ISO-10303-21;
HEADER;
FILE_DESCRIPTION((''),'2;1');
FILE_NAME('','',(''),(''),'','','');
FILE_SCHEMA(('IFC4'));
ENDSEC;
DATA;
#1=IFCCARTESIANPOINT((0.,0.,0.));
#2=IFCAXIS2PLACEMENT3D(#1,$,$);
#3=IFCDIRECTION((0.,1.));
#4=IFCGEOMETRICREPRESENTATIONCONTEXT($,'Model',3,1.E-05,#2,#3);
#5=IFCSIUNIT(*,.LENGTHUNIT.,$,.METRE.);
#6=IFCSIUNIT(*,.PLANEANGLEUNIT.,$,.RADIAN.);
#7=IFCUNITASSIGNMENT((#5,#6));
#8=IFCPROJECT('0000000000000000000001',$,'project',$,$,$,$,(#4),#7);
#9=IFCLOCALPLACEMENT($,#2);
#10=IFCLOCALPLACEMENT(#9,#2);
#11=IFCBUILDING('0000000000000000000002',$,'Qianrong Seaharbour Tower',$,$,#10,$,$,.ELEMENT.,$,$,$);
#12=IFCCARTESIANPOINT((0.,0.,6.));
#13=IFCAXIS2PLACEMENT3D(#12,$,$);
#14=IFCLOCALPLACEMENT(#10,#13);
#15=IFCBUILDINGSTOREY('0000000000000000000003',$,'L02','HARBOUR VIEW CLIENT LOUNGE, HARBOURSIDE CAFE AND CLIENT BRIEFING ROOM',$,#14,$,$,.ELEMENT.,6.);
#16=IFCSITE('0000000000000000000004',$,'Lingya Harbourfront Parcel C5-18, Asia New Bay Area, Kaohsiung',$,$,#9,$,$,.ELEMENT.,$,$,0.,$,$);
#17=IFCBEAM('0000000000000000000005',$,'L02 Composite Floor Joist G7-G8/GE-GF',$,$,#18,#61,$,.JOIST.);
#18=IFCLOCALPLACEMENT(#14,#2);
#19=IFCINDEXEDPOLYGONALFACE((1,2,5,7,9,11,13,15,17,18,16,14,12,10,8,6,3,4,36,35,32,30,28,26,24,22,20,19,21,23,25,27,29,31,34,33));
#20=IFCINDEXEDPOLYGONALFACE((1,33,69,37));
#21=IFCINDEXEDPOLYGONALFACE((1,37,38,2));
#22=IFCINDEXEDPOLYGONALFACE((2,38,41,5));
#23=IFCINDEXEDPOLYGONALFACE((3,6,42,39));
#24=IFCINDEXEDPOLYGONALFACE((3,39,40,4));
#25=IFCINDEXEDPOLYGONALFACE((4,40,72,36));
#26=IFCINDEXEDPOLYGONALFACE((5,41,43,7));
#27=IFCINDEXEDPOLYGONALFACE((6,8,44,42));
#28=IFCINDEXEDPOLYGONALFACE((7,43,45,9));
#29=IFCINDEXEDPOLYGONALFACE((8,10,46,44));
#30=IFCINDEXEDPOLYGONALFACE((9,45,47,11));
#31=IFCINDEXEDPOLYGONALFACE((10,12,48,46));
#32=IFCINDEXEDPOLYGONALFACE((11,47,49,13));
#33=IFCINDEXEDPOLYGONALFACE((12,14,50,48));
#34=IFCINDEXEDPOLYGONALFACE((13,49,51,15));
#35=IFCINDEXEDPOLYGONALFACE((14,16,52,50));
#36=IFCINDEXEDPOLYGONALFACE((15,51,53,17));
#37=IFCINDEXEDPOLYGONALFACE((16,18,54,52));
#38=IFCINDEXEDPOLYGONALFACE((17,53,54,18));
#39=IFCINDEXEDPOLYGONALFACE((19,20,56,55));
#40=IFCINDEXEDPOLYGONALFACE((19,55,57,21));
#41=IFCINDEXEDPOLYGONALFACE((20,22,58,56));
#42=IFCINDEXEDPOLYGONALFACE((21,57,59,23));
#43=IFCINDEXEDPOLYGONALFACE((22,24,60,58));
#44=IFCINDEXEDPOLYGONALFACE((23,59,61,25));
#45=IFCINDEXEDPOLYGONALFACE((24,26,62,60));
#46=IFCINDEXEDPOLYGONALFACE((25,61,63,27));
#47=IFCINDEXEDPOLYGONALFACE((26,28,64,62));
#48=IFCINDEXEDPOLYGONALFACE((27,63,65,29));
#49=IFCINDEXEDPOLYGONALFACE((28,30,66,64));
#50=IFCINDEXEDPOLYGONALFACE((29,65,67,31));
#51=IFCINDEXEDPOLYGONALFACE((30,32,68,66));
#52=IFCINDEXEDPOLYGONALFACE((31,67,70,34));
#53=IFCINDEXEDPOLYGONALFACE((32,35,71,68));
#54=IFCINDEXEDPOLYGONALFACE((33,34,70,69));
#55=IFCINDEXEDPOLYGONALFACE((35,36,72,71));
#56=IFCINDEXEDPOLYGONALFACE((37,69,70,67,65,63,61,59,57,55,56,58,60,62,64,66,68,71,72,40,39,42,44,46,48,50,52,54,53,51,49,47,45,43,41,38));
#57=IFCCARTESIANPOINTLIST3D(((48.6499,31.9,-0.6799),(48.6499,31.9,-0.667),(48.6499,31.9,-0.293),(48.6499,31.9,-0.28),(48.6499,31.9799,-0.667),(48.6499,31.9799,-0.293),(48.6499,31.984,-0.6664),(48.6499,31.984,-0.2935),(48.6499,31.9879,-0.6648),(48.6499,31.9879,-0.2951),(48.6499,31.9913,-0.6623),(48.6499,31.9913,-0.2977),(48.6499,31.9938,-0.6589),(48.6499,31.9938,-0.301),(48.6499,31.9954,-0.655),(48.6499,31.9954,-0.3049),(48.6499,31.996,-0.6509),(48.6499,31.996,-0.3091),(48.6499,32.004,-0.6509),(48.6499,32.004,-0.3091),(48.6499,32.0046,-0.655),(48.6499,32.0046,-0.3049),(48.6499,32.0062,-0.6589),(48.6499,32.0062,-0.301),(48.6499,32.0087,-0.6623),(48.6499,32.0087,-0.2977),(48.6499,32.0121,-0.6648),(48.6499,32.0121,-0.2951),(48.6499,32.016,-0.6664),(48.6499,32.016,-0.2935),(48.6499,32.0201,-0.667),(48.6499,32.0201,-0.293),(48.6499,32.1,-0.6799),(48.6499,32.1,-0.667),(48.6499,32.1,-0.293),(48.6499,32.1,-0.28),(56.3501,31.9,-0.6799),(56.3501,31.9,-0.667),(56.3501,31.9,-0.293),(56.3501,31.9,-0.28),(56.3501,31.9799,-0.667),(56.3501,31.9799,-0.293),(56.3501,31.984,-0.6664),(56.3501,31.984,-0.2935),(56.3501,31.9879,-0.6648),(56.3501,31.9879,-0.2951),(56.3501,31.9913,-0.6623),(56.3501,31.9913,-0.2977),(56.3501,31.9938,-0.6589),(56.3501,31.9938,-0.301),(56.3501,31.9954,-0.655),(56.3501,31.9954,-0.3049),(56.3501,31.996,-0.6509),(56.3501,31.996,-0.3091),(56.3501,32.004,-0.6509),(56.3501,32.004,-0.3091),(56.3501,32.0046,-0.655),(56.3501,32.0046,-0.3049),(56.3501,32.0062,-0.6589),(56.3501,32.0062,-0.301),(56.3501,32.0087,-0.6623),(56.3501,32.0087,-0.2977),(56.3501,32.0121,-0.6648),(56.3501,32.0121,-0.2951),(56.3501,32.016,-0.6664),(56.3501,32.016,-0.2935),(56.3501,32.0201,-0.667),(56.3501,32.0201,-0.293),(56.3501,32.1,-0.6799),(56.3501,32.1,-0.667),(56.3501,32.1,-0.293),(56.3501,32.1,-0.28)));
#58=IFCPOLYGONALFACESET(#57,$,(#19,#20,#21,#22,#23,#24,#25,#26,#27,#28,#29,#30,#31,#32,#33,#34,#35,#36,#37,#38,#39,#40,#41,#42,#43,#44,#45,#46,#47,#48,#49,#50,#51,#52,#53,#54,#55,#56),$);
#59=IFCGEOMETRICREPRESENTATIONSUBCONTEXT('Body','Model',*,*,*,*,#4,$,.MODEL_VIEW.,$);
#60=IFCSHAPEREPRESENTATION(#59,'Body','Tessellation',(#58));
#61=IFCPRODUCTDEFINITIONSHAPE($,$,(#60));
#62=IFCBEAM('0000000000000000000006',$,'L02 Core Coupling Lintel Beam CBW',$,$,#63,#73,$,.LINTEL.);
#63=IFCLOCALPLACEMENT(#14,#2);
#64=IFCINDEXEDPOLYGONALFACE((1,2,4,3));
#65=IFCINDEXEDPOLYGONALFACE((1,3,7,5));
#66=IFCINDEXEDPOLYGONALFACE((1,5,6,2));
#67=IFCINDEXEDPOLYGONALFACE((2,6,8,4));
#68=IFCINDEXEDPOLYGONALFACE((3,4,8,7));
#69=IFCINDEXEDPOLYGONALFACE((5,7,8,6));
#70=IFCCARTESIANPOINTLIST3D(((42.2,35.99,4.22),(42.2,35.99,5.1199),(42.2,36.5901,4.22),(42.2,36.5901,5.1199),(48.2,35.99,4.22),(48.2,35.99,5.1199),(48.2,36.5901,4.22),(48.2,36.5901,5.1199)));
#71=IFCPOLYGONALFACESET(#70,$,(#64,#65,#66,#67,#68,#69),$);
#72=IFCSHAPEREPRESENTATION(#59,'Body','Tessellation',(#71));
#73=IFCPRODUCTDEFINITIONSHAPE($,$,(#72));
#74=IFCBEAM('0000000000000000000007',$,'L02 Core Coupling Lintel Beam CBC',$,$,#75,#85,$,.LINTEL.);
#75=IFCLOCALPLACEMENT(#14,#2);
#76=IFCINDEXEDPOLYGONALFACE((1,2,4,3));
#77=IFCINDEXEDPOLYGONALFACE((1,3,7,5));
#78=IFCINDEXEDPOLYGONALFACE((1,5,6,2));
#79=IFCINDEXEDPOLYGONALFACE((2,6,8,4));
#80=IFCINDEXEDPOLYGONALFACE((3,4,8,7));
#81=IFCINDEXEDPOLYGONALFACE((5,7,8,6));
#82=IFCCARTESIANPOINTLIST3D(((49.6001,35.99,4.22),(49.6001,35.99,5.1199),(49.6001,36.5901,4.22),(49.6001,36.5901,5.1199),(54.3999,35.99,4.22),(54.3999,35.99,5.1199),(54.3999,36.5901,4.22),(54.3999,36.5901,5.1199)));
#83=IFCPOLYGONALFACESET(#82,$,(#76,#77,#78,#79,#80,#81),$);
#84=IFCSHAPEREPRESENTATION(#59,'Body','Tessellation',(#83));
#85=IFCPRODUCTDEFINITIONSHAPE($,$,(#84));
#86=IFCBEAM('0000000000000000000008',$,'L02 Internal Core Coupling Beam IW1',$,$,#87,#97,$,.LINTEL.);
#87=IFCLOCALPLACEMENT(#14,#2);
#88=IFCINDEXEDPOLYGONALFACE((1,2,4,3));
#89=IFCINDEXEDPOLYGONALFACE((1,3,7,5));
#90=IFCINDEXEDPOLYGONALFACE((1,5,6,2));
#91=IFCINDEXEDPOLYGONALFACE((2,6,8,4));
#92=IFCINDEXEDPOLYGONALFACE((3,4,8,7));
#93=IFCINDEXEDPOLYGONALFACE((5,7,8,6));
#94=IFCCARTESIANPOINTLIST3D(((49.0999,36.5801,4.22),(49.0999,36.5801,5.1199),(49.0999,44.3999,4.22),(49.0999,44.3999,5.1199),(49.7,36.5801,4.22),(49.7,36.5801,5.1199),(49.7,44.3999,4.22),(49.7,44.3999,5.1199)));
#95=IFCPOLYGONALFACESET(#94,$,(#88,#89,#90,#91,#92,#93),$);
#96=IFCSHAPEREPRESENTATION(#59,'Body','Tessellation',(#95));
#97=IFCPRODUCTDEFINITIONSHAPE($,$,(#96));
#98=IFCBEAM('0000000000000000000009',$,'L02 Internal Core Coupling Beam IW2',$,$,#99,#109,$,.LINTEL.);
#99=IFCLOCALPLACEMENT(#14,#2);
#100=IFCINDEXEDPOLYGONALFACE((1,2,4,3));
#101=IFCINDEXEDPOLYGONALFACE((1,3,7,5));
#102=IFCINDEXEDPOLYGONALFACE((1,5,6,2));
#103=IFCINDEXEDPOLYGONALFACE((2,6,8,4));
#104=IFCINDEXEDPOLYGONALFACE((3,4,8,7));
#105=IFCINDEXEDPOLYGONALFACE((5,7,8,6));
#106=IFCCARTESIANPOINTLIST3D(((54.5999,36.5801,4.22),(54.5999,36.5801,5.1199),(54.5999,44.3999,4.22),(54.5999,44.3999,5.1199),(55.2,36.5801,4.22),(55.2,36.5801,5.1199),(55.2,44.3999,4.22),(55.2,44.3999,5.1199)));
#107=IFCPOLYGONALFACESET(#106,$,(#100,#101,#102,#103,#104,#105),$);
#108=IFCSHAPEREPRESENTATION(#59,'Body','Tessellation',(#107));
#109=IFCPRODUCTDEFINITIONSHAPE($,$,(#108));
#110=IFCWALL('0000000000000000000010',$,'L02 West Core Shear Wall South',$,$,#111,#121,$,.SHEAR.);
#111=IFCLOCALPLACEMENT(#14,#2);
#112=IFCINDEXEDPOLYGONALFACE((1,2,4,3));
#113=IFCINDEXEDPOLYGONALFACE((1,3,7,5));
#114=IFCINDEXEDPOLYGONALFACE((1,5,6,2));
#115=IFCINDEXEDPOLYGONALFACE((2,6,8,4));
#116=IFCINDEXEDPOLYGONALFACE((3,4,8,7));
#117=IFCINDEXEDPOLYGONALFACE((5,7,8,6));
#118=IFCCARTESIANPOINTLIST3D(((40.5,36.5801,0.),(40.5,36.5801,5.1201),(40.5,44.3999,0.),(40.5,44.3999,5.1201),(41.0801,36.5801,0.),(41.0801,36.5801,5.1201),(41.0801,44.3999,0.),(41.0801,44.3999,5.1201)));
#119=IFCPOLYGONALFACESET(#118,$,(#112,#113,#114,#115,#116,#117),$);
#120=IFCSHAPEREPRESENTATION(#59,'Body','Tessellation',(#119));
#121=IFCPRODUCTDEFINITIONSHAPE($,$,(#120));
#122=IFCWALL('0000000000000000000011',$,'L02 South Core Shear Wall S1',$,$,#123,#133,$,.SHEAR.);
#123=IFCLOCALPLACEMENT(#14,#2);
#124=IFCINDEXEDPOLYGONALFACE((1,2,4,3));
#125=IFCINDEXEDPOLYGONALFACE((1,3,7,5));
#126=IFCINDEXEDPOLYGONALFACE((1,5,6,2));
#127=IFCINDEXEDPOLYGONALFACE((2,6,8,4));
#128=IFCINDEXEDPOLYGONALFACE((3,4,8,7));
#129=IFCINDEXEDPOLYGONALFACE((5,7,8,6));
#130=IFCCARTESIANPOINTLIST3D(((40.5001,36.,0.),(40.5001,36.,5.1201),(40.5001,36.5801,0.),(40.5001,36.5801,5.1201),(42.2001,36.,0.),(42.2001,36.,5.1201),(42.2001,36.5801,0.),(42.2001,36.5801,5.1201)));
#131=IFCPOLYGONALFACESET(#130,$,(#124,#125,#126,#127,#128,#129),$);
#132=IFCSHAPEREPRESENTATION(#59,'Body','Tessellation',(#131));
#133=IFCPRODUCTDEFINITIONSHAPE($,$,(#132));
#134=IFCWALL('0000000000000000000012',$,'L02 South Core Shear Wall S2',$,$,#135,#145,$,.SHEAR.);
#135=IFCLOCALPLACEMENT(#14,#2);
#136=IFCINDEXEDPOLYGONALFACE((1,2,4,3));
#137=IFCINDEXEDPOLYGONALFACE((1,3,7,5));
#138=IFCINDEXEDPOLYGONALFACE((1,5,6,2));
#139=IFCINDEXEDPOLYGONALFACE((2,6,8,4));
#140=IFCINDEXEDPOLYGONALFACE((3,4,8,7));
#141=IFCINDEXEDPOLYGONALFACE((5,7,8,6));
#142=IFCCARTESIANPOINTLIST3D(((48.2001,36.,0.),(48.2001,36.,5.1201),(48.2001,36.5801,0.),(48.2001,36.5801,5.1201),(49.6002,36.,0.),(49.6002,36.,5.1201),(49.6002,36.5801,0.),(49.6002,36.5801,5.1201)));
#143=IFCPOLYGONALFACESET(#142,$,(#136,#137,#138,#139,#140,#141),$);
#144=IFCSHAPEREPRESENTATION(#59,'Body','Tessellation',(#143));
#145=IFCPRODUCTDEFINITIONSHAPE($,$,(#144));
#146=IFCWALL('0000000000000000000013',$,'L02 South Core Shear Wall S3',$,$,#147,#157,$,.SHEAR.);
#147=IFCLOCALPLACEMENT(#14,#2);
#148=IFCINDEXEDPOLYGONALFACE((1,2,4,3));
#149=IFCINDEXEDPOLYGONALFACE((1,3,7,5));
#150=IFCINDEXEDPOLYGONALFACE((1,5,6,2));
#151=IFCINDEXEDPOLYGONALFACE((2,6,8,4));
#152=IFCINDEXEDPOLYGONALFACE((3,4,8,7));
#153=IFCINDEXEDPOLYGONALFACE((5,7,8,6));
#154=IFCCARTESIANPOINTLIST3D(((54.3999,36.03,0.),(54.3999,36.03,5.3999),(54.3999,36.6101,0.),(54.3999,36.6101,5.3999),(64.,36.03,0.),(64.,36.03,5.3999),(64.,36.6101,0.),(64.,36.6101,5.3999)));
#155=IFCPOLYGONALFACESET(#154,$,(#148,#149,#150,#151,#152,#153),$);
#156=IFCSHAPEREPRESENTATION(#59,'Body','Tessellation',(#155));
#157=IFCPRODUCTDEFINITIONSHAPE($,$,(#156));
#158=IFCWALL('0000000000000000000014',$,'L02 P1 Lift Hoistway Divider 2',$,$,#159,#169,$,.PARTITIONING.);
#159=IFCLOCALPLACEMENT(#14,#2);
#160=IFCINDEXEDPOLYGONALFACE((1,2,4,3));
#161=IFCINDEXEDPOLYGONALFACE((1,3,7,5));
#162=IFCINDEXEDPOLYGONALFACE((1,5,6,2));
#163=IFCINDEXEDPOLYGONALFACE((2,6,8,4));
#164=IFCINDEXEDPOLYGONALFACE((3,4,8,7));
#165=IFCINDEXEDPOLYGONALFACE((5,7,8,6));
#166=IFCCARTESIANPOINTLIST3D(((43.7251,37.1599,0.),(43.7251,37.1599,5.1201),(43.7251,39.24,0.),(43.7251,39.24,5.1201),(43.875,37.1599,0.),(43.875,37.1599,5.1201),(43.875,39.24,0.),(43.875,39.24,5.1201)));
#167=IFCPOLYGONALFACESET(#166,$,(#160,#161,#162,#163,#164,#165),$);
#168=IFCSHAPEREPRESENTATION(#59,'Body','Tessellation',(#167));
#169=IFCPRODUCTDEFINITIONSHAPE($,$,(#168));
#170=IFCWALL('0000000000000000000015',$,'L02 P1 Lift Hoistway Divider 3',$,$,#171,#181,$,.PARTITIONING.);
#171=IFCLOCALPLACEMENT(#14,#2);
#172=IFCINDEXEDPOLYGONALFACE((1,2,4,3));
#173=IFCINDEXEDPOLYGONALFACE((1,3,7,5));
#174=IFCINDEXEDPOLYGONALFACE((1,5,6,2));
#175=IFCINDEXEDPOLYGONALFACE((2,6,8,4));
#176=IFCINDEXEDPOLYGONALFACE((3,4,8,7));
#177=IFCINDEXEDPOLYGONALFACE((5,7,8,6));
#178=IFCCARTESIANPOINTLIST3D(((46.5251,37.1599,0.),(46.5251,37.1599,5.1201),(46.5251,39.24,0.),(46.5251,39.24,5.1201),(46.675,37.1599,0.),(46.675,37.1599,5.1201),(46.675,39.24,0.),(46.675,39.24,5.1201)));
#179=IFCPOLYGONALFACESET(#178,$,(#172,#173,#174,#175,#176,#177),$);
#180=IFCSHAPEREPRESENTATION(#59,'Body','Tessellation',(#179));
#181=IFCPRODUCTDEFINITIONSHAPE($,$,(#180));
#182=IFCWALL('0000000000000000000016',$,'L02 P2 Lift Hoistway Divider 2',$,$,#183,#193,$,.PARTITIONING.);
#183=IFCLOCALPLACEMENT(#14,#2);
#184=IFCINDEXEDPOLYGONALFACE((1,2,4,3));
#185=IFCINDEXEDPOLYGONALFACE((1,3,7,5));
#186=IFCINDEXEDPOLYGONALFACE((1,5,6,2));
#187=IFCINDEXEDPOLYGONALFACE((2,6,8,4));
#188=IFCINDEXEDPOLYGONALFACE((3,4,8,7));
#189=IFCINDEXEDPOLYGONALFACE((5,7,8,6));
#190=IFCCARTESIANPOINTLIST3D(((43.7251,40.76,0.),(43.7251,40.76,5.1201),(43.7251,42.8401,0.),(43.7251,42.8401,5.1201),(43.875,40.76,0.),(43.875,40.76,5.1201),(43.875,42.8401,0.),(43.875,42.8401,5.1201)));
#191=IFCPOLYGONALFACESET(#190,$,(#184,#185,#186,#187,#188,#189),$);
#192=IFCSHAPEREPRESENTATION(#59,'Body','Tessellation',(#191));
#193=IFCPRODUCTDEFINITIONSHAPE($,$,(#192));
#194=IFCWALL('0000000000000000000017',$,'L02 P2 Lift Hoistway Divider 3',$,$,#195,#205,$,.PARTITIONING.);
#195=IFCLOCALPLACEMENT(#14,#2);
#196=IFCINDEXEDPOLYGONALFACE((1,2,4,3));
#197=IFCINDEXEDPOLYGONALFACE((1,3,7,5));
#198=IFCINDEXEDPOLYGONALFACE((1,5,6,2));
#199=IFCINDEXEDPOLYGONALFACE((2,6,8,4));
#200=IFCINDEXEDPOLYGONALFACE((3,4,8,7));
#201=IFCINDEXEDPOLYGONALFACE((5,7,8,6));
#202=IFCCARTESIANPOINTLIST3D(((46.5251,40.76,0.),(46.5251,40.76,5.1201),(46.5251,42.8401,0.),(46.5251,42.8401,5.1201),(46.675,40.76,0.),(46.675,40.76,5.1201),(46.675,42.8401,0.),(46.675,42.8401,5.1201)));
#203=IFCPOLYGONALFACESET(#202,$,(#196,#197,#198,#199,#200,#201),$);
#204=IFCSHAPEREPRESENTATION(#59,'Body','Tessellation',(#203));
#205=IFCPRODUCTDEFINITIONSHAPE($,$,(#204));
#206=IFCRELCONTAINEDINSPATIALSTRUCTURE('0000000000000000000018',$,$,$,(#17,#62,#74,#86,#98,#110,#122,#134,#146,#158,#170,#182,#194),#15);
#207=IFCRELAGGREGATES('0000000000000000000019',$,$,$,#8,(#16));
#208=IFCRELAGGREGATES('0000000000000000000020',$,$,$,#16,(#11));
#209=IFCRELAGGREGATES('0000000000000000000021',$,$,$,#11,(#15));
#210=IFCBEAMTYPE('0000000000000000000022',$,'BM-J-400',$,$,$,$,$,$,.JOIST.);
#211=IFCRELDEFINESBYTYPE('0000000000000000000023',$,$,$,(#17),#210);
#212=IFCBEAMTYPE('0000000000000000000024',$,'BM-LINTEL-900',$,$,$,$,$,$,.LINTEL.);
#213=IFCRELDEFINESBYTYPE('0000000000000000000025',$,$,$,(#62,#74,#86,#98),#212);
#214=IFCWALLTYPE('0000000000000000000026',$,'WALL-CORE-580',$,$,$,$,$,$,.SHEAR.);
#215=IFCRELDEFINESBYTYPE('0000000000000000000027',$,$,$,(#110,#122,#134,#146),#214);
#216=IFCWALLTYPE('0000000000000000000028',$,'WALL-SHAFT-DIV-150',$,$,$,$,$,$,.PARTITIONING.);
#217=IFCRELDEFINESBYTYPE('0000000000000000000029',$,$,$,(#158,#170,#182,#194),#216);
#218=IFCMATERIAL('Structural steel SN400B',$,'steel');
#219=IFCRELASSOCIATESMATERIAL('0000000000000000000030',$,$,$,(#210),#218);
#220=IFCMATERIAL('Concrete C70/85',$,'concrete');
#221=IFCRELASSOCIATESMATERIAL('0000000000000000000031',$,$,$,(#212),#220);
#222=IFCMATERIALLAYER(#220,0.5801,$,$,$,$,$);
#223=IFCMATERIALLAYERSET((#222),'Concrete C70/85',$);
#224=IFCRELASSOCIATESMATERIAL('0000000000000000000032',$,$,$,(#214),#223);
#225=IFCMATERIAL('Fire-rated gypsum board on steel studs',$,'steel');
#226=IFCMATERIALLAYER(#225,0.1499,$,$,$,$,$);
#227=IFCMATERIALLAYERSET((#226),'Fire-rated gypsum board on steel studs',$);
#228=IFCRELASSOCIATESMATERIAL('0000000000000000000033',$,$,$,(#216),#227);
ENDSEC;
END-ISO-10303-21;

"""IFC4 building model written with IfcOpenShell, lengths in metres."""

from ifc_helpers import new_model, si_unit, direction, frame, frame_2d, origin, origin_2d, place, context, subcontext, project, spatial, rectangle, i_section, extrude, material, layer, layer_set, material_profile, profile_set, type_object, element, save


model = new_model("IFC4")

# Units and contexts
model_context = context("Model", 3, precision=1e-05, world=origin(), true_north=direction((0.0, 1.0)))
body_context = subcontext(model_context, "Body", "Model", "MODEL_VIEW")
ifc_project = project(units=[si_unit("LENGTHUNIT", "METRE"), si_unit("PLANEANGLEUNIT", "RADIAN")], contexts=[model_context])

# Site, building, storey
site_placement = place(None, origin())
site = spatial("IfcSite", under=ifc_project, at=site_placement, Name="Lingya Harbourfront Parcel C5-18, Asia New Bay Area, Kaohsiung", CompositionType="ELEMENT", RefElevation=0.0)
building_placement = place(site_placement, origin())
building = spatial("IfcBuilding", under=site, at=building_placement, Name="Qianrong Seaharbour Tower", CompositionType="ELEMENT")
storey_placement = place(building_placement, frame((0.0, 0.0, 6.0)))
storey = spatial("IfcBuildingStorey", under=building, at=storey_placement, Name="L02", Description="HARBOUR VIEW CLIENT LOUNGE, HARBOURSIDE CAFE AND CLIENT BRIEFING ROOM", CompositionType="ELEMENT", Elevation=6.0)

# Shared definitions
ifc_material_1 = material(Name="Concrete C70/85", Category="concrete")

# Beams
ifc_material_2 = material(Name="Structural steel SN400B", Category="steel")
ifc_material_profile_1 = material_profile(ifc_material_2, i_section(OverallWidth=0.2, OverallDepth=0.3999, WebThickness=0.0081, FlangeThickness=0.0129, FilletRadius=0.0161, at=origin_2d()), Name="H400x200x8x13")
ifc_profile_set_1 = profile_set([ifc_material_profile_1], Name="Structural steel SN400B")
beam_type_1 = type_object("IfcBeamType", Name="BM-J-400", PredefinedType="JOIST", material=ifc_profile_set_1)
for number, where, z_axis, x_axis, name in (
    (1, (48.6499, 32.0, -0.48), (1.0, 0.0, 0.0), (0.0, 1.0, 0.0), "L02 Composite Floor Joist G7-G8/GE-GF"),
):
    element("IfcBeam", number, at=place(storey_placement, frame(where, z_axis=z_axis, x_axis=x_axis)), inside=storey, type_object=beam_type_1, Name=name, PredefinedType="JOIST", context=body_context, shape_type="SweptSolid", body=[
        extrude(i_section(OverallWidth=0.2, OverallDepth=0.3999, WebThickness=0.0081, FlangeThickness=0.0129, FilletRadius=0.0161, at=origin_2d()), origin(), (0.0, 0.0, 1.0), 7.7002),
    ])
ifc_material_profile_2 = material_profile(ifc_material_1, rectangle(XDim=0.6001, YDim=0.8999, at=origin_2d()), Name="RC600x900")
ifc_profile_set_2 = profile_set([ifc_material_profile_2], Name="Concrete C70/85")
beam_type_2 = type_object("IfcBeamType", Name="BM-LINTEL-900", PredefinedType="LINTEL", material=ifc_profile_set_2)
beam_1_placement = place(storey_placement, frame((42.2, 36.29, 4.6699), z_axis=(1.0, 0.0, 0.0), x_axis=(0.0, 1.0, 0.0)))
element("IfcBeam", 2, at=beam_1_placement, inside=storey, type_object=beam_type_2, Name="L02 Core Coupling Lintel Beam CBW", PredefinedType="LINTEL", context=body_context, shape_type="SweptSolid", body=[
    extrude(rectangle(XDim=0.6001, YDim=0.8999, at=origin_2d()), origin(), (0.0, 0.0, 1.0), 6.0),
])
beam_2_placement = place(storey_placement, frame((49.6001, 36.29, 4.6699), z_axis=(1.0, 0.0, 0.0), x_axis=(0.0, 1.0, 0.0)))
element("IfcBeam", 3, at=beam_2_placement, inside=storey, type_object=beam_type_2, Name="L02 Core Coupling Lintel Beam CBC", PredefinedType="LINTEL", context=body_context, shape_type="SweptSolid", body=[
    extrude(rectangle(XDim=0.6001, YDim=0.8999, at=origin_2d()), origin(), (0.0, 0.0, 1.0), 4.7998),
])
for number, where, z_axis, x_axis, name in (
    (4, (49.3999, 36.5801, 4.6699), (0.0, 1.0, 0.0), (-1.0, 0.0, 0.0), "L02 Internal Core Coupling Beam IW1"),
    (5, (54.8999, 36.5801, 4.6699), (0.0, 1.0, 0.0), (-1.0, 0.0, 0.0), "L02 Internal Core Coupling Beam IW2"),
):
    element("IfcBeam", number, at=place(storey_placement, frame(where, z_axis=z_axis, x_axis=x_axis)), inside=storey, type_object=beam_type_2, Name=name, PredefinedType="LINTEL", context=body_context, shape_type="SweptSolid", body=[
        extrude(rectangle(XDim=0.6001, YDim=0.8999, at=origin_2d()), origin(), (0.0, 0.0, 1.0), 7.8198),
    ])

# Walls
ifc_layer_1 = layer(ifc_material_1, 0.5801)
ifc_layer_set_1 = layer_set([ifc_layer_1], Name="Concrete C70/85")
wall_type_1 = type_object("IfcWallType", Name="WALL-CORE-580", PredefinedType="SHEAR", material=ifc_layer_set_1)
wall_1_placement = place(storey_placement, frame((40.79, 36.5801, 0.0), z_axis=(0.0, 0.0, 1.0), x_axis=(0.0, 1.0, 0.0)))
element("IfcWall", 6, at=wall_1_placement, inside=storey, type_object=wall_type_1, Name="L02 West Core Shear Wall South", PredefinedType="SHEAR", context=body_context, shape_type="SweptSolid", body=[
    extrude(rectangle(XDim=7.8198, YDim=0.5801, at=frame_2d((3.9099, 0.0))), origin(), (0.0, 0.0, 1.0), 5.1201),
])
wall_2_placement = place(storey_placement, frame((40.5, 36.29, 0.0), z_axis=(0.0, 0.0, 1.0), x_axis=(1.0, 0.0, 0.0)))
element("IfcWall", 7, at=wall_2_placement, inside=storey, type_object=wall_type_1, Name="L02 South Core Shear Wall S1", PredefinedType="SHEAR", context=body_context, shape_type="SweptSolid", body=[
    extrude(rectangle(XDim=1.7, YDim=0.5801, at=frame_2d((0.8501, 0.0))), origin(), (0.0, 0.0, 1.0), 5.1201),
])
wall_3_placement = place(storey_placement, frame((48.2, 36.29, 0.0), z_axis=(0.0, 0.0, 1.0), x_axis=(1.0, 0.0, 0.0)))
element("IfcWall", 8, at=wall_3_placement, inside=storey, type_object=wall_type_1, Name="L02 South Core Shear Wall S2", PredefinedType="SHEAR", context=body_context, shape_type="SweptSolid", body=[
    extrude(rectangle(XDim=1.4001, YDim=0.5801, at=frame_2d((0.7002, 0.0))), origin(), (0.0, 0.0, 1.0), 5.1201),
])
wall_4_placement = place(storey_placement, frame((54.3999, 36.3201, 0.0), z_axis=(0.0, 0.0, 1.0), x_axis=(1.0, 0.0, 0.0)))
element("IfcWall", 9, at=wall_4_placement, inside=storey, type_object=wall_type_1, Name="L02 South Core Shear Wall S3", PredefinedType="SHEAR", context=body_context, shape_type="SweptSolid", body=[
    extrude(rectangle(XDim=9.6001, YDim=0.5801, at=frame_2d((4.8, 0.0))), origin(), (0.0, 0.0, 1.0), 5.3999),
])
ifc_material_3 = material(Name="Fire-rated gypsum board on steel studs", Category="steel")
ifc_layer_2 = layer(ifc_material_3, 0.1499)
ifc_layer_set_2 = layer_set([ifc_layer_2], Name="Fire-rated gypsum board on steel studs")
wall_type_2 = type_object("IfcWallType", Name="WALL-SHAFT-DIV-150", PredefinedType="PARTITIONING", material=ifc_layer_set_2)
for number, where, z_axis, x_axis, name in (
    (10, (43.8, 37.1599, 0.0), (0.0, 0.0, 1.0), (0.0, 1.0, 0.0), "L02 P1 Lift Hoistway Divider 2"),
    (11, (46.6001, 37.1599, 0.0), (0.0, 0.0, 1.0), (0.0, 1.0, 0.0), "L02 P1 Lift Hoistway Divider 3"),
    (12, (43.8, 40.76, 0.0), (0.0, 0.0, 1.0), (0.0, 1.0, 0.0), "L02 P2 Lift Hoistway Divider 2"),
    (13, (46.6001, 40.76, 0.0), (0.0, 0.0, 1.0), (0.0, 1.0, 0.0), "L02 P2 Lift Hoistway Divider 3"),
):
    element("IfcWall", number, at=place(storey_placement, frame(where, z_axis=z_axis, x_axis=x_axis)), inside=storey, type_object=wall_type_2, Name=name, PredefinedType="PARTITIONING", context=body_context, shape_type="SweptSolid", body=[
        extrude(rectangle(XDim=2.0801, YDim=0.1499, at=frame_2d((1.04, 0.0))), origin(), (0.0, 0.0, 1.0), 5.1201),
    ])

save(model, "model.ifc")
